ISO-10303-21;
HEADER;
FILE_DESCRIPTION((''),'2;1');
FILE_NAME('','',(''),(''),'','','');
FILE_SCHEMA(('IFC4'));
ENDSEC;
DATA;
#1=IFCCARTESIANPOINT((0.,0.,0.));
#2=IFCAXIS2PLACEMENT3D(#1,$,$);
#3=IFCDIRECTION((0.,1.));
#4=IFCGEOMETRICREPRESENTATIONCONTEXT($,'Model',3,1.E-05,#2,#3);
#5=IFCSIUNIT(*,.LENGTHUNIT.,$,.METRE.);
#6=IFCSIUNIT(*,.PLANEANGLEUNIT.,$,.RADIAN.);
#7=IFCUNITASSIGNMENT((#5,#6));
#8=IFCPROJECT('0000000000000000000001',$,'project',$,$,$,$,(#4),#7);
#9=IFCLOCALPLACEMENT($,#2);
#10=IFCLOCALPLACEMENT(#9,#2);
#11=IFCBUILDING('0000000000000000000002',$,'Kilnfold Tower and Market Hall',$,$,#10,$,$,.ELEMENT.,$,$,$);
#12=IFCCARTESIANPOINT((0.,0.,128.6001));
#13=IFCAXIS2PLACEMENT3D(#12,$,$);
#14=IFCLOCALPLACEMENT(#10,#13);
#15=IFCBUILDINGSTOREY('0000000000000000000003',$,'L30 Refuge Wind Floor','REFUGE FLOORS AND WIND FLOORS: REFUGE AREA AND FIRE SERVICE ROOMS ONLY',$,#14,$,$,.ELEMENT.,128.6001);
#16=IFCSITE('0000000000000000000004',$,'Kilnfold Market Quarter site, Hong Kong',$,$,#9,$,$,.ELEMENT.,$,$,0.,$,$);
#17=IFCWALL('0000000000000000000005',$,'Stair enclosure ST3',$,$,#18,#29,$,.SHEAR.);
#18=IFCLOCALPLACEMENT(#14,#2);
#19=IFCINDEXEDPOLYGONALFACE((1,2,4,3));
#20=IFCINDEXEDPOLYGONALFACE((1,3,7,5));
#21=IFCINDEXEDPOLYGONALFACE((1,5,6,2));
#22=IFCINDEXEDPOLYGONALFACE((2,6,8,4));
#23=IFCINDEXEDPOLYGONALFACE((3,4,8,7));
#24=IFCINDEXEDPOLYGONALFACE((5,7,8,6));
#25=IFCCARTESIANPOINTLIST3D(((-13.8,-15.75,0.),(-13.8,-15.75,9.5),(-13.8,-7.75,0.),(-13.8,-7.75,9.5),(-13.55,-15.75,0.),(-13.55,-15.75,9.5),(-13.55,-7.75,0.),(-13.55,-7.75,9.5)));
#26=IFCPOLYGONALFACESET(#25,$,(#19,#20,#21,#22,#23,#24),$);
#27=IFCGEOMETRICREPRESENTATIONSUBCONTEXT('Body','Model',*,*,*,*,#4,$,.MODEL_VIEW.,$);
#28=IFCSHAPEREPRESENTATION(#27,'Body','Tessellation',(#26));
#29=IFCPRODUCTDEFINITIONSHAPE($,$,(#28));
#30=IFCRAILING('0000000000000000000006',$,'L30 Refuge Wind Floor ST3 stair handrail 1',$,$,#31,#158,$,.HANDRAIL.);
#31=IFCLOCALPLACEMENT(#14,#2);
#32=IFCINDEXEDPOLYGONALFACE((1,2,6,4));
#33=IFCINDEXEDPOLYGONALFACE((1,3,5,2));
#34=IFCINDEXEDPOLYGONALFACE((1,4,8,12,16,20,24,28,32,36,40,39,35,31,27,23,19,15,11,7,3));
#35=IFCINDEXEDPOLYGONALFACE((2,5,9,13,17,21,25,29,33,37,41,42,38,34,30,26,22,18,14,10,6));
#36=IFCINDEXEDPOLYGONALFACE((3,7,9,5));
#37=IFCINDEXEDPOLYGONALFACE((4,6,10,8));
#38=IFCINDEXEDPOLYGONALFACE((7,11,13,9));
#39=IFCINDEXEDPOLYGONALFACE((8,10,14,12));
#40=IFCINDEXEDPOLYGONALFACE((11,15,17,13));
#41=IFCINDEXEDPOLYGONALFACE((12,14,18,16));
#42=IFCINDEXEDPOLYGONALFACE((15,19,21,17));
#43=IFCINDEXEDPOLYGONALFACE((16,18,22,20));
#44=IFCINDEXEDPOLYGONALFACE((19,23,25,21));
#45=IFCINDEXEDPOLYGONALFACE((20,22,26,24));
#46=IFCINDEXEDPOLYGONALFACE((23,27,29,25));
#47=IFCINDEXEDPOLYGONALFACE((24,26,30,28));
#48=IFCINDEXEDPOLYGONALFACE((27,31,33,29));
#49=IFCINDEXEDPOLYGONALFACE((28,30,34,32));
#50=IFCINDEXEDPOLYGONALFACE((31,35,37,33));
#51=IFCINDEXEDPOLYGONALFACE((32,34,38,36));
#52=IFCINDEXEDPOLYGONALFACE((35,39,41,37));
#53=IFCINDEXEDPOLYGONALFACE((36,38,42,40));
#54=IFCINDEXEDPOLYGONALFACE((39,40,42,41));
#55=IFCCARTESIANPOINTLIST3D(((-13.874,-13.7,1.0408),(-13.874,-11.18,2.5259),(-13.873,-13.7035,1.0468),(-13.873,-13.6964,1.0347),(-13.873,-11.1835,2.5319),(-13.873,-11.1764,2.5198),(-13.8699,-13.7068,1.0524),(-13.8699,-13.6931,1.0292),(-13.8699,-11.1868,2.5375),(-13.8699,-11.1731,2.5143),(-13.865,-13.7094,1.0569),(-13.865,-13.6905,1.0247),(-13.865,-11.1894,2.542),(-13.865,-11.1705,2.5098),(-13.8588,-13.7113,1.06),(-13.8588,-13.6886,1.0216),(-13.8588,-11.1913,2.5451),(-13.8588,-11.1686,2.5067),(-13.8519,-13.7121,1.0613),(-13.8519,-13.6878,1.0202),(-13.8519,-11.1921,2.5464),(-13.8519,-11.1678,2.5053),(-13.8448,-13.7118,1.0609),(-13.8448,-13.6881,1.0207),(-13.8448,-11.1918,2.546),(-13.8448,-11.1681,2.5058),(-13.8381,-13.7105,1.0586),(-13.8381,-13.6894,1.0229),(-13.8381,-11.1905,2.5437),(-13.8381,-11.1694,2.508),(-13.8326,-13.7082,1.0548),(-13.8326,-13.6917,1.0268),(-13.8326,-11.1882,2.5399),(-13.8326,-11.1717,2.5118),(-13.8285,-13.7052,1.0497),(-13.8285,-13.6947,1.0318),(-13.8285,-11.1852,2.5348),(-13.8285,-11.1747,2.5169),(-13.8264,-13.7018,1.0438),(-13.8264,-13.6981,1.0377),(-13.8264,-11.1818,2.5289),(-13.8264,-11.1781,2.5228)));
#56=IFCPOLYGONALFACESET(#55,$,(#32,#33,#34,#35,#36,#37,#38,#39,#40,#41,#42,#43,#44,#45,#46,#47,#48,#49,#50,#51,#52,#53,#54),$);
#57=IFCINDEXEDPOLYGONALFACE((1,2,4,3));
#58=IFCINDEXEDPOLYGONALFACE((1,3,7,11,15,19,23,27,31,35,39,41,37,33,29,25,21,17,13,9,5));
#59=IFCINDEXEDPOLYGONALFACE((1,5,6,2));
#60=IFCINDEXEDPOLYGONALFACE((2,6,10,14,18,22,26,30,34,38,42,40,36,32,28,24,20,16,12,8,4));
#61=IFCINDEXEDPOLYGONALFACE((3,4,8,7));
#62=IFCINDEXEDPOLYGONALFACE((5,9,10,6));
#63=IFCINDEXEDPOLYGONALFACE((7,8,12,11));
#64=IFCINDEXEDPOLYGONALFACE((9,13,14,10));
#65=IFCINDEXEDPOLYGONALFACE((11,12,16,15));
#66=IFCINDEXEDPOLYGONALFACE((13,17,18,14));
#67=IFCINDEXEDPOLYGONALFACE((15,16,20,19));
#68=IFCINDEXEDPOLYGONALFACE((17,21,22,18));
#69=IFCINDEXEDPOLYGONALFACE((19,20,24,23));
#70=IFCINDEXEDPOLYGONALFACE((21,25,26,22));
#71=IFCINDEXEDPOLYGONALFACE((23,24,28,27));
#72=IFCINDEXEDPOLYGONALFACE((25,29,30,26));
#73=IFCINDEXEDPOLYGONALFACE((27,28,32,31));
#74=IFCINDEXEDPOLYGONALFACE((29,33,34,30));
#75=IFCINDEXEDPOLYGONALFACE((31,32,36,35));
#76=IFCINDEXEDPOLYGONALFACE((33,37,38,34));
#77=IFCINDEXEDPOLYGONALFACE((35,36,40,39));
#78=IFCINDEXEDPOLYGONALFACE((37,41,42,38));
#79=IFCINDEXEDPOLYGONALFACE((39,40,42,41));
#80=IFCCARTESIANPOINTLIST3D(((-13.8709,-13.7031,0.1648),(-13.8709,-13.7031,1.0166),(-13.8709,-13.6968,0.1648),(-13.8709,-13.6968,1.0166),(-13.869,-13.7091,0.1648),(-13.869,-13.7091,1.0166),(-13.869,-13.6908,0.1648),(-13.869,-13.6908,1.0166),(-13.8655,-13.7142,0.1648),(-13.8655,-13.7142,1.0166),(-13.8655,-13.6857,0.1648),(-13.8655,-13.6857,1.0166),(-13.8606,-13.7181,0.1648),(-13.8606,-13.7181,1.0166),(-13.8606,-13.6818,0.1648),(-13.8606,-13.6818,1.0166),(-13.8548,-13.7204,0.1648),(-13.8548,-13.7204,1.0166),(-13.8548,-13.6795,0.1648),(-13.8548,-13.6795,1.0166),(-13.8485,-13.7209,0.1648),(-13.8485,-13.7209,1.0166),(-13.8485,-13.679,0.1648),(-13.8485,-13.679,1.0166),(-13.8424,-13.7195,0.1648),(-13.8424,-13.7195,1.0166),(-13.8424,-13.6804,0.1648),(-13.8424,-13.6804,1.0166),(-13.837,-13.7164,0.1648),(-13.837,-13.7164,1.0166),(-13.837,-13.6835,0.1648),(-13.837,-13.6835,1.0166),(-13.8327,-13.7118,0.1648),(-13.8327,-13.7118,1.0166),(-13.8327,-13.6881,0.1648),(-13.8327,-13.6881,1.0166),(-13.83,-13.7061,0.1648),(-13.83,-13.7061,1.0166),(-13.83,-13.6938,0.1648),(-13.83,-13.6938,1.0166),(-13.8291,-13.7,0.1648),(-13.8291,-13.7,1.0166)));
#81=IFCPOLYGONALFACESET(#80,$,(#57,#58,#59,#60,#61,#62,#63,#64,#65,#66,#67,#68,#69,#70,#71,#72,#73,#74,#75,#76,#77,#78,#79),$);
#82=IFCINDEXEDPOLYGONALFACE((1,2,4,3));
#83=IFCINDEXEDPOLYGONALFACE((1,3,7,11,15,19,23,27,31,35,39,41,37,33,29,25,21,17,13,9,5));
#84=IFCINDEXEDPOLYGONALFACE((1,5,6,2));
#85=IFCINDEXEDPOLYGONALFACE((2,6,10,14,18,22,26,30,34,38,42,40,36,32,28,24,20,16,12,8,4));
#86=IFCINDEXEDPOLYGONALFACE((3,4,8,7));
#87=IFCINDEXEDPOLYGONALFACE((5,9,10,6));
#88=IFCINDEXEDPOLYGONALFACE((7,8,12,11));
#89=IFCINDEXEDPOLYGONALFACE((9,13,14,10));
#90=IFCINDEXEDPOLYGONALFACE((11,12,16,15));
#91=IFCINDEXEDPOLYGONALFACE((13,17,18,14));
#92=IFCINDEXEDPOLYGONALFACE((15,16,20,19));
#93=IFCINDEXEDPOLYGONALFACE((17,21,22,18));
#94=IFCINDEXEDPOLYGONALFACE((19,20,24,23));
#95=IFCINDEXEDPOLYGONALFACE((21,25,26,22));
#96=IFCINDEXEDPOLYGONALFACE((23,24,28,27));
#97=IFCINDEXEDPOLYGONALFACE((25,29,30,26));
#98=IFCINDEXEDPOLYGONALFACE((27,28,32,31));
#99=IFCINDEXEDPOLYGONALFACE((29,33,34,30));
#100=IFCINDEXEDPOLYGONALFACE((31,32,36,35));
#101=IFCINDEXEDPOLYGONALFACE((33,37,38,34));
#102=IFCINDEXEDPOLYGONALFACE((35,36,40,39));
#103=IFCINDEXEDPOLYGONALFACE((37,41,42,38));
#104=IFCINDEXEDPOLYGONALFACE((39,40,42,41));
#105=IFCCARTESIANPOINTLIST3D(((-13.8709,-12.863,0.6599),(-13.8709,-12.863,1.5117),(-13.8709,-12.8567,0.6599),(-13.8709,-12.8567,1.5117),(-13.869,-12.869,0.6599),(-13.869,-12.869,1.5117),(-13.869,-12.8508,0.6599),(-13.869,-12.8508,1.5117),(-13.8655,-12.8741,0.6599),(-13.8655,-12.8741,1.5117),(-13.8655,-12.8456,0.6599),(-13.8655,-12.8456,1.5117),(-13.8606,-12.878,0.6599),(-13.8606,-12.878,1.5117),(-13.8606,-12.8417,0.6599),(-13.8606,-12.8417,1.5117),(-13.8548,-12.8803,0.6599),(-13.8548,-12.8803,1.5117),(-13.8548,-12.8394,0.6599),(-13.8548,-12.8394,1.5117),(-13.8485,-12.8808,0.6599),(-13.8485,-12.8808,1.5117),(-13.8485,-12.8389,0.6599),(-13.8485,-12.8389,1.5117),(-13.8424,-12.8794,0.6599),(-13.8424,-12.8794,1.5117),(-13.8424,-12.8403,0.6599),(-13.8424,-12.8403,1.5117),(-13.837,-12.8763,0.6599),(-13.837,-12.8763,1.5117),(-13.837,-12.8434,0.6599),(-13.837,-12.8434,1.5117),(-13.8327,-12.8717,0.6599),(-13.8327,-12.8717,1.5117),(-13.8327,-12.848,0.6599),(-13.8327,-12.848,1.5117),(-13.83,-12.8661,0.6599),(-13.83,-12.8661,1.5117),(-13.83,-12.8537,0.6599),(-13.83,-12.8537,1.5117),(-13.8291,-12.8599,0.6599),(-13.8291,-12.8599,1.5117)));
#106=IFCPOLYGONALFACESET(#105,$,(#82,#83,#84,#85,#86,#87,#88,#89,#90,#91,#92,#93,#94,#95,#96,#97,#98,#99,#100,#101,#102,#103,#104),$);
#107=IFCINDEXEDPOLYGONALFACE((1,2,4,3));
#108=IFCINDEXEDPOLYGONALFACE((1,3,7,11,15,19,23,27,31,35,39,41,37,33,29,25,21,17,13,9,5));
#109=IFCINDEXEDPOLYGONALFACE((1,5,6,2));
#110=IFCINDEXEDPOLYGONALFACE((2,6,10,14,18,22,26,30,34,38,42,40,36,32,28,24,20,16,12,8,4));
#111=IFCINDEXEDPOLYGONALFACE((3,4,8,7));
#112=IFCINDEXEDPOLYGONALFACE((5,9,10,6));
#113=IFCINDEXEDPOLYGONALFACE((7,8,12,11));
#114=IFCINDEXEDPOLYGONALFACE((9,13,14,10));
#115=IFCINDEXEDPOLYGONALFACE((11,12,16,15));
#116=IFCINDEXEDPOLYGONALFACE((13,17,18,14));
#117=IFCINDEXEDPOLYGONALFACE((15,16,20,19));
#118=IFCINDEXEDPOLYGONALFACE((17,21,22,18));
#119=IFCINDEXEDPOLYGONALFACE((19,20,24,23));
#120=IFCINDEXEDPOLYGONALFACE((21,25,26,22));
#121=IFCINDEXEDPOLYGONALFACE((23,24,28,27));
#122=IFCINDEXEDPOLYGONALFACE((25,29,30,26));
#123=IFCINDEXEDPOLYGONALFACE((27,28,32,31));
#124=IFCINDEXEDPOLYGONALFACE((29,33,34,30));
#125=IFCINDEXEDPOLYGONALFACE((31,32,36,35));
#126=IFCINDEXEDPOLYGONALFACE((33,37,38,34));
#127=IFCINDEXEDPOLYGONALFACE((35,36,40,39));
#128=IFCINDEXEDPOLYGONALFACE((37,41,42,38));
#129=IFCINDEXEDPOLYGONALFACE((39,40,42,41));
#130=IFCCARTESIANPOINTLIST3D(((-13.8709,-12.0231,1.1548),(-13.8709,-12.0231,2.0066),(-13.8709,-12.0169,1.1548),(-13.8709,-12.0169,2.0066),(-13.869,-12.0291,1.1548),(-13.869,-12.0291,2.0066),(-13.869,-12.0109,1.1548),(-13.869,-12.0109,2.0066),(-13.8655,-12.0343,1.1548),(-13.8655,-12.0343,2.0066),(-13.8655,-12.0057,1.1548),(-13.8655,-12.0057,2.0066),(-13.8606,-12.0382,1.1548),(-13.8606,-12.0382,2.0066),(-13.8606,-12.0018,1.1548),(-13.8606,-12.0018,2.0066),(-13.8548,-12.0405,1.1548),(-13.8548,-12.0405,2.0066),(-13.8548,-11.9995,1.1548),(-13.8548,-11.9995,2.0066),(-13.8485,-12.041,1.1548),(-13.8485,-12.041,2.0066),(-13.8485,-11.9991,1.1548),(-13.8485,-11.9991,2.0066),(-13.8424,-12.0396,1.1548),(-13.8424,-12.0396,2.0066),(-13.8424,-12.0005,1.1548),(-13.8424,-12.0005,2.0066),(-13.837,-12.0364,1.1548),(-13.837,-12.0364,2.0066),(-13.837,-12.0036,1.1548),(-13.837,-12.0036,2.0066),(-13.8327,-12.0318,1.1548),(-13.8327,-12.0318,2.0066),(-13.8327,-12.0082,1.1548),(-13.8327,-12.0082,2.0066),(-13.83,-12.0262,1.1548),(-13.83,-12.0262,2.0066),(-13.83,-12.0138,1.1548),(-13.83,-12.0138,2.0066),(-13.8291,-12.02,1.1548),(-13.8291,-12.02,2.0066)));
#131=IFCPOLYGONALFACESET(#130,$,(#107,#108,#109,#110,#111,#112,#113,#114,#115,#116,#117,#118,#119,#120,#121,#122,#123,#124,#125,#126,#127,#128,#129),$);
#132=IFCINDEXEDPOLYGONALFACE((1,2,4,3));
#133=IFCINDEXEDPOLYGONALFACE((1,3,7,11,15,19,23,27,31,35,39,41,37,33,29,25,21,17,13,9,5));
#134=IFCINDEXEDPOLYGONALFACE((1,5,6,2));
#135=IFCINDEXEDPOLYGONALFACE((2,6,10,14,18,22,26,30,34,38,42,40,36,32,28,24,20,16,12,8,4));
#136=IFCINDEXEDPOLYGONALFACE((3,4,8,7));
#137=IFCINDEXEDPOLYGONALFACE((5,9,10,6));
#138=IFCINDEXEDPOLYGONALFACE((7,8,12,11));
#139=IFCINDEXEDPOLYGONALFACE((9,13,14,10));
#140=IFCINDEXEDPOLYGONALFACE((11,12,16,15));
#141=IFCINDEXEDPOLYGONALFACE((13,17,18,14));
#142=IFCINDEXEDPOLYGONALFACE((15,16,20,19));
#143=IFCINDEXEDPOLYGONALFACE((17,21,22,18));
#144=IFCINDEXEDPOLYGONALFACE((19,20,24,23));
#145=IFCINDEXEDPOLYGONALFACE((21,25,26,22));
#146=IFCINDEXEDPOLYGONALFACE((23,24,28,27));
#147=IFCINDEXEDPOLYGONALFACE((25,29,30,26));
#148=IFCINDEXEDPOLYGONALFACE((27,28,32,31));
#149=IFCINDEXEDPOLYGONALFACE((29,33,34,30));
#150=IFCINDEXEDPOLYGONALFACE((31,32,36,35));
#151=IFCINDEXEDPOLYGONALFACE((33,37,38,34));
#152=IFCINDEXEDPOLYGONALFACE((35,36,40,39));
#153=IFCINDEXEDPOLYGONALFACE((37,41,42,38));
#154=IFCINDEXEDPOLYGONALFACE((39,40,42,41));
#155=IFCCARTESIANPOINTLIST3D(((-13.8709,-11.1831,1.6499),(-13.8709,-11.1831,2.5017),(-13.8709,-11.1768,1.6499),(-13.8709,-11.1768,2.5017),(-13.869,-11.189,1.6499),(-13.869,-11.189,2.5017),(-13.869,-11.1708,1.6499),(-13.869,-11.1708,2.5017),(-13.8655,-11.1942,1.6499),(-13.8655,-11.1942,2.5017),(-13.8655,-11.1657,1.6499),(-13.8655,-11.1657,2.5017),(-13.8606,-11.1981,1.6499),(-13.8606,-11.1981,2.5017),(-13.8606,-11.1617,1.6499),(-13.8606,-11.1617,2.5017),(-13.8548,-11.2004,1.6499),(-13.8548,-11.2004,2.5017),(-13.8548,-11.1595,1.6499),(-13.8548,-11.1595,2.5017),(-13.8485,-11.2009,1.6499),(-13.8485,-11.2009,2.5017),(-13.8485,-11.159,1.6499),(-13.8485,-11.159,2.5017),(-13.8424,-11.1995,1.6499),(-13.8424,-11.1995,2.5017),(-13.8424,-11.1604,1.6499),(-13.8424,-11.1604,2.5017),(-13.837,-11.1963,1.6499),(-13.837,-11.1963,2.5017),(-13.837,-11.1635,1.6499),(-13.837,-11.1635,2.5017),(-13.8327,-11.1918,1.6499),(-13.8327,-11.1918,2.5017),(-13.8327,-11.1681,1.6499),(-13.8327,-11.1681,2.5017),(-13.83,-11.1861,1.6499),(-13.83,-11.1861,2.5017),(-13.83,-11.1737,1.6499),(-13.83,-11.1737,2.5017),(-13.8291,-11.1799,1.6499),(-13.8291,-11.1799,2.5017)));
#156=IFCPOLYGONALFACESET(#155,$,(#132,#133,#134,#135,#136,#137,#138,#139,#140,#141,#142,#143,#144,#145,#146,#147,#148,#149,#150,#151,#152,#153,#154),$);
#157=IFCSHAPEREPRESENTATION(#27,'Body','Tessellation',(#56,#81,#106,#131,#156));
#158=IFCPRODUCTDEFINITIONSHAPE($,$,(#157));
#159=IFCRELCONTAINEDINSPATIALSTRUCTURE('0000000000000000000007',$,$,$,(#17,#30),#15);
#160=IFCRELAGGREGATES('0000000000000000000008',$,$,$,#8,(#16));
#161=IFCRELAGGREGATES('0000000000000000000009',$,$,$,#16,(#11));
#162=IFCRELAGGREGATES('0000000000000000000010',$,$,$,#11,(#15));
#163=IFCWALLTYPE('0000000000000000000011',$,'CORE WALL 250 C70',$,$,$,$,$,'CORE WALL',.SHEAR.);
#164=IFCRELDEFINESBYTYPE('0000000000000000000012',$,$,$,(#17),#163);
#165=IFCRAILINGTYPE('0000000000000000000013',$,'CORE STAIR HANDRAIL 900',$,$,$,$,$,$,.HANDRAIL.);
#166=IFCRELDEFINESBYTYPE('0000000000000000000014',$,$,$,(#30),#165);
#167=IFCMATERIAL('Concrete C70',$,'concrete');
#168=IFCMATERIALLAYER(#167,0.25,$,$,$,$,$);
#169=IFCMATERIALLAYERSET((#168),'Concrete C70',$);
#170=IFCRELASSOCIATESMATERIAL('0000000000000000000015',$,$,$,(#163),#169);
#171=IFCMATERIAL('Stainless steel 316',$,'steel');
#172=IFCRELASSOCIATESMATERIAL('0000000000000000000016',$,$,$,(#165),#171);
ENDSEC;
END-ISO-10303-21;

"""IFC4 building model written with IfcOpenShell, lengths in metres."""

from ifc_helpers import new_model, si_unit, direction, frame, frame_2d, origin, origin_2d, place, context, subcontext, project, spatial, rectangle, circle, extrude, source, transform, mapped, material, layer, layer_set, type_object, element, save


model = new_model("IFC4")

# Units and contexts
model_context = context("Model", 3, precision=1e-05, world=origin(), true_north=direction((0.0, 1.0)))
body_context = subcontext(model_context, "Body", "Model", "MODEL_VIEW")
ifc_project = project(units=[si_unit("LENGTHUNIT", "METRE"), si_unit("PLANEANGLEUNIT", "RADIAN")], contexts=[model_context])

# Site, building, storey
site_placement = place(None, origin())
site = spatial("IfcSite", under=ifc_project, at=site_placement, Name="Kilnfold Market Quarter site, Hong Kong", CompositionType="ELEMENT", RefElevation=0.0)
building_placement = place(site_placement, origin())
building = spatial("IfcBuilding", under=site, at=building_placement, Name="Kilnfold Tower and Market Hall", CompositionType="ELEMENT")
storey_placement = place(building_placement, frame((0.0, 0.0, 128.6001)))
storey = spatial("IfcBuildingStorey", under=building, at=storey_placement, Name="L30 Refuge Wind Floor", Description="REFUGE FLOORS AND WIND FLOORS: REFUGE AREA AND FIRE SERVICE ROOMS ONLY", CompositionType="ELEMENT", Elevation=128.6001)

# Wall
ifc_material_1 = material(Name="Concrete C70", Category="concrete")
ifc_layer_1 = layer(ifc_material_1, 0.25)
ifc_layer_set_1 = layer_set([ifc_layer_1], Name="Concrete C70")
wall_type_1 = type_object("IfcWallType", Name="CORE WALL 250 C70", ElementType="CORE WALL", PredefinedType="SHEAR", material=ifc_layer_set_1)
shared_shape_1 = source(origin(), body_context, "Body", "SweptSolid", [
    extrude(rectangle(XDim=8.0, YDim=0.25, at=frame_2d((4.0, 0.0))), origin(), (0.0, 0.0, 1.0), 9.5),
])
wall_1_placement = place(storey_placement, frame((-13.675, -15.75, 0.0), z_axis=(0.0, 0.0, 1.0), x_axis=(0.0, 1.0, 0.0)))
element("IfcWall", 1, at=wall_1_placement, inside=storey, type_object=wall_type_1, Name="Stair enclosure ST3", PredefinedType="SHEAR", context=body_context, shape_type="MappedRepresentation", body=[
    mapped(shared_shape_1, transform((0.0, 0.0, 0.0))),
])

# Railing
ifc_material_2 = material(Name="Stainless steel 316", Category="steel")
railing_type = type_object("IfcRailingType", Name="CORE STAIR HANDRAIL 900", PredefinedType="HANDRAIL", material=ifc_material_2)
for number, where, name in (
    (2, (-13.8501, -13.7, 0.1648), "L30 Refuge Wind Floor ST3 stair handrail 1"),
):
    element("IfcRailing", number, at=place(storey_placement, frame(where)), inside=storey, type_object=railing_type, Name=name, PredefinedType="HANDRAIL", context=body_context, shape_type="SweptSolid", body=[
        extrude(circle(Radius=0.0239, at=origin_2d()), frame((0.0, 0.0, 0.876), z_axis=(0.0, 0.861524, 0.507717), x_axis=(-1.0, 0.0, 0.0)), (0.0, 0.0, 1.0), 2.925),
        extrude(circle(Radius=0.021, at=origin_2d()), origin(), (0.0, 0.0, 1.0), 0.8518),
        extrude(circle(Radius=0.021, at=origin_2d()), frame((0.0, 0.8401, 0.4951)), (0.0, 0.0, 1.0), 0.8518),
        extrude(circle(Radius=0.021, at=origin_2d()), frame((0.0, 1.6799, 0.99)), (0.0, 0.0, 1.0), 0.8518),
        extrude(circle(Radius=0.021, at=origin_2d()), frame((0.0, 2.52, 1.4851)), (0.0, 0.0, 1.0), 0.8518),
    ])

save(model, "model.ifc")
